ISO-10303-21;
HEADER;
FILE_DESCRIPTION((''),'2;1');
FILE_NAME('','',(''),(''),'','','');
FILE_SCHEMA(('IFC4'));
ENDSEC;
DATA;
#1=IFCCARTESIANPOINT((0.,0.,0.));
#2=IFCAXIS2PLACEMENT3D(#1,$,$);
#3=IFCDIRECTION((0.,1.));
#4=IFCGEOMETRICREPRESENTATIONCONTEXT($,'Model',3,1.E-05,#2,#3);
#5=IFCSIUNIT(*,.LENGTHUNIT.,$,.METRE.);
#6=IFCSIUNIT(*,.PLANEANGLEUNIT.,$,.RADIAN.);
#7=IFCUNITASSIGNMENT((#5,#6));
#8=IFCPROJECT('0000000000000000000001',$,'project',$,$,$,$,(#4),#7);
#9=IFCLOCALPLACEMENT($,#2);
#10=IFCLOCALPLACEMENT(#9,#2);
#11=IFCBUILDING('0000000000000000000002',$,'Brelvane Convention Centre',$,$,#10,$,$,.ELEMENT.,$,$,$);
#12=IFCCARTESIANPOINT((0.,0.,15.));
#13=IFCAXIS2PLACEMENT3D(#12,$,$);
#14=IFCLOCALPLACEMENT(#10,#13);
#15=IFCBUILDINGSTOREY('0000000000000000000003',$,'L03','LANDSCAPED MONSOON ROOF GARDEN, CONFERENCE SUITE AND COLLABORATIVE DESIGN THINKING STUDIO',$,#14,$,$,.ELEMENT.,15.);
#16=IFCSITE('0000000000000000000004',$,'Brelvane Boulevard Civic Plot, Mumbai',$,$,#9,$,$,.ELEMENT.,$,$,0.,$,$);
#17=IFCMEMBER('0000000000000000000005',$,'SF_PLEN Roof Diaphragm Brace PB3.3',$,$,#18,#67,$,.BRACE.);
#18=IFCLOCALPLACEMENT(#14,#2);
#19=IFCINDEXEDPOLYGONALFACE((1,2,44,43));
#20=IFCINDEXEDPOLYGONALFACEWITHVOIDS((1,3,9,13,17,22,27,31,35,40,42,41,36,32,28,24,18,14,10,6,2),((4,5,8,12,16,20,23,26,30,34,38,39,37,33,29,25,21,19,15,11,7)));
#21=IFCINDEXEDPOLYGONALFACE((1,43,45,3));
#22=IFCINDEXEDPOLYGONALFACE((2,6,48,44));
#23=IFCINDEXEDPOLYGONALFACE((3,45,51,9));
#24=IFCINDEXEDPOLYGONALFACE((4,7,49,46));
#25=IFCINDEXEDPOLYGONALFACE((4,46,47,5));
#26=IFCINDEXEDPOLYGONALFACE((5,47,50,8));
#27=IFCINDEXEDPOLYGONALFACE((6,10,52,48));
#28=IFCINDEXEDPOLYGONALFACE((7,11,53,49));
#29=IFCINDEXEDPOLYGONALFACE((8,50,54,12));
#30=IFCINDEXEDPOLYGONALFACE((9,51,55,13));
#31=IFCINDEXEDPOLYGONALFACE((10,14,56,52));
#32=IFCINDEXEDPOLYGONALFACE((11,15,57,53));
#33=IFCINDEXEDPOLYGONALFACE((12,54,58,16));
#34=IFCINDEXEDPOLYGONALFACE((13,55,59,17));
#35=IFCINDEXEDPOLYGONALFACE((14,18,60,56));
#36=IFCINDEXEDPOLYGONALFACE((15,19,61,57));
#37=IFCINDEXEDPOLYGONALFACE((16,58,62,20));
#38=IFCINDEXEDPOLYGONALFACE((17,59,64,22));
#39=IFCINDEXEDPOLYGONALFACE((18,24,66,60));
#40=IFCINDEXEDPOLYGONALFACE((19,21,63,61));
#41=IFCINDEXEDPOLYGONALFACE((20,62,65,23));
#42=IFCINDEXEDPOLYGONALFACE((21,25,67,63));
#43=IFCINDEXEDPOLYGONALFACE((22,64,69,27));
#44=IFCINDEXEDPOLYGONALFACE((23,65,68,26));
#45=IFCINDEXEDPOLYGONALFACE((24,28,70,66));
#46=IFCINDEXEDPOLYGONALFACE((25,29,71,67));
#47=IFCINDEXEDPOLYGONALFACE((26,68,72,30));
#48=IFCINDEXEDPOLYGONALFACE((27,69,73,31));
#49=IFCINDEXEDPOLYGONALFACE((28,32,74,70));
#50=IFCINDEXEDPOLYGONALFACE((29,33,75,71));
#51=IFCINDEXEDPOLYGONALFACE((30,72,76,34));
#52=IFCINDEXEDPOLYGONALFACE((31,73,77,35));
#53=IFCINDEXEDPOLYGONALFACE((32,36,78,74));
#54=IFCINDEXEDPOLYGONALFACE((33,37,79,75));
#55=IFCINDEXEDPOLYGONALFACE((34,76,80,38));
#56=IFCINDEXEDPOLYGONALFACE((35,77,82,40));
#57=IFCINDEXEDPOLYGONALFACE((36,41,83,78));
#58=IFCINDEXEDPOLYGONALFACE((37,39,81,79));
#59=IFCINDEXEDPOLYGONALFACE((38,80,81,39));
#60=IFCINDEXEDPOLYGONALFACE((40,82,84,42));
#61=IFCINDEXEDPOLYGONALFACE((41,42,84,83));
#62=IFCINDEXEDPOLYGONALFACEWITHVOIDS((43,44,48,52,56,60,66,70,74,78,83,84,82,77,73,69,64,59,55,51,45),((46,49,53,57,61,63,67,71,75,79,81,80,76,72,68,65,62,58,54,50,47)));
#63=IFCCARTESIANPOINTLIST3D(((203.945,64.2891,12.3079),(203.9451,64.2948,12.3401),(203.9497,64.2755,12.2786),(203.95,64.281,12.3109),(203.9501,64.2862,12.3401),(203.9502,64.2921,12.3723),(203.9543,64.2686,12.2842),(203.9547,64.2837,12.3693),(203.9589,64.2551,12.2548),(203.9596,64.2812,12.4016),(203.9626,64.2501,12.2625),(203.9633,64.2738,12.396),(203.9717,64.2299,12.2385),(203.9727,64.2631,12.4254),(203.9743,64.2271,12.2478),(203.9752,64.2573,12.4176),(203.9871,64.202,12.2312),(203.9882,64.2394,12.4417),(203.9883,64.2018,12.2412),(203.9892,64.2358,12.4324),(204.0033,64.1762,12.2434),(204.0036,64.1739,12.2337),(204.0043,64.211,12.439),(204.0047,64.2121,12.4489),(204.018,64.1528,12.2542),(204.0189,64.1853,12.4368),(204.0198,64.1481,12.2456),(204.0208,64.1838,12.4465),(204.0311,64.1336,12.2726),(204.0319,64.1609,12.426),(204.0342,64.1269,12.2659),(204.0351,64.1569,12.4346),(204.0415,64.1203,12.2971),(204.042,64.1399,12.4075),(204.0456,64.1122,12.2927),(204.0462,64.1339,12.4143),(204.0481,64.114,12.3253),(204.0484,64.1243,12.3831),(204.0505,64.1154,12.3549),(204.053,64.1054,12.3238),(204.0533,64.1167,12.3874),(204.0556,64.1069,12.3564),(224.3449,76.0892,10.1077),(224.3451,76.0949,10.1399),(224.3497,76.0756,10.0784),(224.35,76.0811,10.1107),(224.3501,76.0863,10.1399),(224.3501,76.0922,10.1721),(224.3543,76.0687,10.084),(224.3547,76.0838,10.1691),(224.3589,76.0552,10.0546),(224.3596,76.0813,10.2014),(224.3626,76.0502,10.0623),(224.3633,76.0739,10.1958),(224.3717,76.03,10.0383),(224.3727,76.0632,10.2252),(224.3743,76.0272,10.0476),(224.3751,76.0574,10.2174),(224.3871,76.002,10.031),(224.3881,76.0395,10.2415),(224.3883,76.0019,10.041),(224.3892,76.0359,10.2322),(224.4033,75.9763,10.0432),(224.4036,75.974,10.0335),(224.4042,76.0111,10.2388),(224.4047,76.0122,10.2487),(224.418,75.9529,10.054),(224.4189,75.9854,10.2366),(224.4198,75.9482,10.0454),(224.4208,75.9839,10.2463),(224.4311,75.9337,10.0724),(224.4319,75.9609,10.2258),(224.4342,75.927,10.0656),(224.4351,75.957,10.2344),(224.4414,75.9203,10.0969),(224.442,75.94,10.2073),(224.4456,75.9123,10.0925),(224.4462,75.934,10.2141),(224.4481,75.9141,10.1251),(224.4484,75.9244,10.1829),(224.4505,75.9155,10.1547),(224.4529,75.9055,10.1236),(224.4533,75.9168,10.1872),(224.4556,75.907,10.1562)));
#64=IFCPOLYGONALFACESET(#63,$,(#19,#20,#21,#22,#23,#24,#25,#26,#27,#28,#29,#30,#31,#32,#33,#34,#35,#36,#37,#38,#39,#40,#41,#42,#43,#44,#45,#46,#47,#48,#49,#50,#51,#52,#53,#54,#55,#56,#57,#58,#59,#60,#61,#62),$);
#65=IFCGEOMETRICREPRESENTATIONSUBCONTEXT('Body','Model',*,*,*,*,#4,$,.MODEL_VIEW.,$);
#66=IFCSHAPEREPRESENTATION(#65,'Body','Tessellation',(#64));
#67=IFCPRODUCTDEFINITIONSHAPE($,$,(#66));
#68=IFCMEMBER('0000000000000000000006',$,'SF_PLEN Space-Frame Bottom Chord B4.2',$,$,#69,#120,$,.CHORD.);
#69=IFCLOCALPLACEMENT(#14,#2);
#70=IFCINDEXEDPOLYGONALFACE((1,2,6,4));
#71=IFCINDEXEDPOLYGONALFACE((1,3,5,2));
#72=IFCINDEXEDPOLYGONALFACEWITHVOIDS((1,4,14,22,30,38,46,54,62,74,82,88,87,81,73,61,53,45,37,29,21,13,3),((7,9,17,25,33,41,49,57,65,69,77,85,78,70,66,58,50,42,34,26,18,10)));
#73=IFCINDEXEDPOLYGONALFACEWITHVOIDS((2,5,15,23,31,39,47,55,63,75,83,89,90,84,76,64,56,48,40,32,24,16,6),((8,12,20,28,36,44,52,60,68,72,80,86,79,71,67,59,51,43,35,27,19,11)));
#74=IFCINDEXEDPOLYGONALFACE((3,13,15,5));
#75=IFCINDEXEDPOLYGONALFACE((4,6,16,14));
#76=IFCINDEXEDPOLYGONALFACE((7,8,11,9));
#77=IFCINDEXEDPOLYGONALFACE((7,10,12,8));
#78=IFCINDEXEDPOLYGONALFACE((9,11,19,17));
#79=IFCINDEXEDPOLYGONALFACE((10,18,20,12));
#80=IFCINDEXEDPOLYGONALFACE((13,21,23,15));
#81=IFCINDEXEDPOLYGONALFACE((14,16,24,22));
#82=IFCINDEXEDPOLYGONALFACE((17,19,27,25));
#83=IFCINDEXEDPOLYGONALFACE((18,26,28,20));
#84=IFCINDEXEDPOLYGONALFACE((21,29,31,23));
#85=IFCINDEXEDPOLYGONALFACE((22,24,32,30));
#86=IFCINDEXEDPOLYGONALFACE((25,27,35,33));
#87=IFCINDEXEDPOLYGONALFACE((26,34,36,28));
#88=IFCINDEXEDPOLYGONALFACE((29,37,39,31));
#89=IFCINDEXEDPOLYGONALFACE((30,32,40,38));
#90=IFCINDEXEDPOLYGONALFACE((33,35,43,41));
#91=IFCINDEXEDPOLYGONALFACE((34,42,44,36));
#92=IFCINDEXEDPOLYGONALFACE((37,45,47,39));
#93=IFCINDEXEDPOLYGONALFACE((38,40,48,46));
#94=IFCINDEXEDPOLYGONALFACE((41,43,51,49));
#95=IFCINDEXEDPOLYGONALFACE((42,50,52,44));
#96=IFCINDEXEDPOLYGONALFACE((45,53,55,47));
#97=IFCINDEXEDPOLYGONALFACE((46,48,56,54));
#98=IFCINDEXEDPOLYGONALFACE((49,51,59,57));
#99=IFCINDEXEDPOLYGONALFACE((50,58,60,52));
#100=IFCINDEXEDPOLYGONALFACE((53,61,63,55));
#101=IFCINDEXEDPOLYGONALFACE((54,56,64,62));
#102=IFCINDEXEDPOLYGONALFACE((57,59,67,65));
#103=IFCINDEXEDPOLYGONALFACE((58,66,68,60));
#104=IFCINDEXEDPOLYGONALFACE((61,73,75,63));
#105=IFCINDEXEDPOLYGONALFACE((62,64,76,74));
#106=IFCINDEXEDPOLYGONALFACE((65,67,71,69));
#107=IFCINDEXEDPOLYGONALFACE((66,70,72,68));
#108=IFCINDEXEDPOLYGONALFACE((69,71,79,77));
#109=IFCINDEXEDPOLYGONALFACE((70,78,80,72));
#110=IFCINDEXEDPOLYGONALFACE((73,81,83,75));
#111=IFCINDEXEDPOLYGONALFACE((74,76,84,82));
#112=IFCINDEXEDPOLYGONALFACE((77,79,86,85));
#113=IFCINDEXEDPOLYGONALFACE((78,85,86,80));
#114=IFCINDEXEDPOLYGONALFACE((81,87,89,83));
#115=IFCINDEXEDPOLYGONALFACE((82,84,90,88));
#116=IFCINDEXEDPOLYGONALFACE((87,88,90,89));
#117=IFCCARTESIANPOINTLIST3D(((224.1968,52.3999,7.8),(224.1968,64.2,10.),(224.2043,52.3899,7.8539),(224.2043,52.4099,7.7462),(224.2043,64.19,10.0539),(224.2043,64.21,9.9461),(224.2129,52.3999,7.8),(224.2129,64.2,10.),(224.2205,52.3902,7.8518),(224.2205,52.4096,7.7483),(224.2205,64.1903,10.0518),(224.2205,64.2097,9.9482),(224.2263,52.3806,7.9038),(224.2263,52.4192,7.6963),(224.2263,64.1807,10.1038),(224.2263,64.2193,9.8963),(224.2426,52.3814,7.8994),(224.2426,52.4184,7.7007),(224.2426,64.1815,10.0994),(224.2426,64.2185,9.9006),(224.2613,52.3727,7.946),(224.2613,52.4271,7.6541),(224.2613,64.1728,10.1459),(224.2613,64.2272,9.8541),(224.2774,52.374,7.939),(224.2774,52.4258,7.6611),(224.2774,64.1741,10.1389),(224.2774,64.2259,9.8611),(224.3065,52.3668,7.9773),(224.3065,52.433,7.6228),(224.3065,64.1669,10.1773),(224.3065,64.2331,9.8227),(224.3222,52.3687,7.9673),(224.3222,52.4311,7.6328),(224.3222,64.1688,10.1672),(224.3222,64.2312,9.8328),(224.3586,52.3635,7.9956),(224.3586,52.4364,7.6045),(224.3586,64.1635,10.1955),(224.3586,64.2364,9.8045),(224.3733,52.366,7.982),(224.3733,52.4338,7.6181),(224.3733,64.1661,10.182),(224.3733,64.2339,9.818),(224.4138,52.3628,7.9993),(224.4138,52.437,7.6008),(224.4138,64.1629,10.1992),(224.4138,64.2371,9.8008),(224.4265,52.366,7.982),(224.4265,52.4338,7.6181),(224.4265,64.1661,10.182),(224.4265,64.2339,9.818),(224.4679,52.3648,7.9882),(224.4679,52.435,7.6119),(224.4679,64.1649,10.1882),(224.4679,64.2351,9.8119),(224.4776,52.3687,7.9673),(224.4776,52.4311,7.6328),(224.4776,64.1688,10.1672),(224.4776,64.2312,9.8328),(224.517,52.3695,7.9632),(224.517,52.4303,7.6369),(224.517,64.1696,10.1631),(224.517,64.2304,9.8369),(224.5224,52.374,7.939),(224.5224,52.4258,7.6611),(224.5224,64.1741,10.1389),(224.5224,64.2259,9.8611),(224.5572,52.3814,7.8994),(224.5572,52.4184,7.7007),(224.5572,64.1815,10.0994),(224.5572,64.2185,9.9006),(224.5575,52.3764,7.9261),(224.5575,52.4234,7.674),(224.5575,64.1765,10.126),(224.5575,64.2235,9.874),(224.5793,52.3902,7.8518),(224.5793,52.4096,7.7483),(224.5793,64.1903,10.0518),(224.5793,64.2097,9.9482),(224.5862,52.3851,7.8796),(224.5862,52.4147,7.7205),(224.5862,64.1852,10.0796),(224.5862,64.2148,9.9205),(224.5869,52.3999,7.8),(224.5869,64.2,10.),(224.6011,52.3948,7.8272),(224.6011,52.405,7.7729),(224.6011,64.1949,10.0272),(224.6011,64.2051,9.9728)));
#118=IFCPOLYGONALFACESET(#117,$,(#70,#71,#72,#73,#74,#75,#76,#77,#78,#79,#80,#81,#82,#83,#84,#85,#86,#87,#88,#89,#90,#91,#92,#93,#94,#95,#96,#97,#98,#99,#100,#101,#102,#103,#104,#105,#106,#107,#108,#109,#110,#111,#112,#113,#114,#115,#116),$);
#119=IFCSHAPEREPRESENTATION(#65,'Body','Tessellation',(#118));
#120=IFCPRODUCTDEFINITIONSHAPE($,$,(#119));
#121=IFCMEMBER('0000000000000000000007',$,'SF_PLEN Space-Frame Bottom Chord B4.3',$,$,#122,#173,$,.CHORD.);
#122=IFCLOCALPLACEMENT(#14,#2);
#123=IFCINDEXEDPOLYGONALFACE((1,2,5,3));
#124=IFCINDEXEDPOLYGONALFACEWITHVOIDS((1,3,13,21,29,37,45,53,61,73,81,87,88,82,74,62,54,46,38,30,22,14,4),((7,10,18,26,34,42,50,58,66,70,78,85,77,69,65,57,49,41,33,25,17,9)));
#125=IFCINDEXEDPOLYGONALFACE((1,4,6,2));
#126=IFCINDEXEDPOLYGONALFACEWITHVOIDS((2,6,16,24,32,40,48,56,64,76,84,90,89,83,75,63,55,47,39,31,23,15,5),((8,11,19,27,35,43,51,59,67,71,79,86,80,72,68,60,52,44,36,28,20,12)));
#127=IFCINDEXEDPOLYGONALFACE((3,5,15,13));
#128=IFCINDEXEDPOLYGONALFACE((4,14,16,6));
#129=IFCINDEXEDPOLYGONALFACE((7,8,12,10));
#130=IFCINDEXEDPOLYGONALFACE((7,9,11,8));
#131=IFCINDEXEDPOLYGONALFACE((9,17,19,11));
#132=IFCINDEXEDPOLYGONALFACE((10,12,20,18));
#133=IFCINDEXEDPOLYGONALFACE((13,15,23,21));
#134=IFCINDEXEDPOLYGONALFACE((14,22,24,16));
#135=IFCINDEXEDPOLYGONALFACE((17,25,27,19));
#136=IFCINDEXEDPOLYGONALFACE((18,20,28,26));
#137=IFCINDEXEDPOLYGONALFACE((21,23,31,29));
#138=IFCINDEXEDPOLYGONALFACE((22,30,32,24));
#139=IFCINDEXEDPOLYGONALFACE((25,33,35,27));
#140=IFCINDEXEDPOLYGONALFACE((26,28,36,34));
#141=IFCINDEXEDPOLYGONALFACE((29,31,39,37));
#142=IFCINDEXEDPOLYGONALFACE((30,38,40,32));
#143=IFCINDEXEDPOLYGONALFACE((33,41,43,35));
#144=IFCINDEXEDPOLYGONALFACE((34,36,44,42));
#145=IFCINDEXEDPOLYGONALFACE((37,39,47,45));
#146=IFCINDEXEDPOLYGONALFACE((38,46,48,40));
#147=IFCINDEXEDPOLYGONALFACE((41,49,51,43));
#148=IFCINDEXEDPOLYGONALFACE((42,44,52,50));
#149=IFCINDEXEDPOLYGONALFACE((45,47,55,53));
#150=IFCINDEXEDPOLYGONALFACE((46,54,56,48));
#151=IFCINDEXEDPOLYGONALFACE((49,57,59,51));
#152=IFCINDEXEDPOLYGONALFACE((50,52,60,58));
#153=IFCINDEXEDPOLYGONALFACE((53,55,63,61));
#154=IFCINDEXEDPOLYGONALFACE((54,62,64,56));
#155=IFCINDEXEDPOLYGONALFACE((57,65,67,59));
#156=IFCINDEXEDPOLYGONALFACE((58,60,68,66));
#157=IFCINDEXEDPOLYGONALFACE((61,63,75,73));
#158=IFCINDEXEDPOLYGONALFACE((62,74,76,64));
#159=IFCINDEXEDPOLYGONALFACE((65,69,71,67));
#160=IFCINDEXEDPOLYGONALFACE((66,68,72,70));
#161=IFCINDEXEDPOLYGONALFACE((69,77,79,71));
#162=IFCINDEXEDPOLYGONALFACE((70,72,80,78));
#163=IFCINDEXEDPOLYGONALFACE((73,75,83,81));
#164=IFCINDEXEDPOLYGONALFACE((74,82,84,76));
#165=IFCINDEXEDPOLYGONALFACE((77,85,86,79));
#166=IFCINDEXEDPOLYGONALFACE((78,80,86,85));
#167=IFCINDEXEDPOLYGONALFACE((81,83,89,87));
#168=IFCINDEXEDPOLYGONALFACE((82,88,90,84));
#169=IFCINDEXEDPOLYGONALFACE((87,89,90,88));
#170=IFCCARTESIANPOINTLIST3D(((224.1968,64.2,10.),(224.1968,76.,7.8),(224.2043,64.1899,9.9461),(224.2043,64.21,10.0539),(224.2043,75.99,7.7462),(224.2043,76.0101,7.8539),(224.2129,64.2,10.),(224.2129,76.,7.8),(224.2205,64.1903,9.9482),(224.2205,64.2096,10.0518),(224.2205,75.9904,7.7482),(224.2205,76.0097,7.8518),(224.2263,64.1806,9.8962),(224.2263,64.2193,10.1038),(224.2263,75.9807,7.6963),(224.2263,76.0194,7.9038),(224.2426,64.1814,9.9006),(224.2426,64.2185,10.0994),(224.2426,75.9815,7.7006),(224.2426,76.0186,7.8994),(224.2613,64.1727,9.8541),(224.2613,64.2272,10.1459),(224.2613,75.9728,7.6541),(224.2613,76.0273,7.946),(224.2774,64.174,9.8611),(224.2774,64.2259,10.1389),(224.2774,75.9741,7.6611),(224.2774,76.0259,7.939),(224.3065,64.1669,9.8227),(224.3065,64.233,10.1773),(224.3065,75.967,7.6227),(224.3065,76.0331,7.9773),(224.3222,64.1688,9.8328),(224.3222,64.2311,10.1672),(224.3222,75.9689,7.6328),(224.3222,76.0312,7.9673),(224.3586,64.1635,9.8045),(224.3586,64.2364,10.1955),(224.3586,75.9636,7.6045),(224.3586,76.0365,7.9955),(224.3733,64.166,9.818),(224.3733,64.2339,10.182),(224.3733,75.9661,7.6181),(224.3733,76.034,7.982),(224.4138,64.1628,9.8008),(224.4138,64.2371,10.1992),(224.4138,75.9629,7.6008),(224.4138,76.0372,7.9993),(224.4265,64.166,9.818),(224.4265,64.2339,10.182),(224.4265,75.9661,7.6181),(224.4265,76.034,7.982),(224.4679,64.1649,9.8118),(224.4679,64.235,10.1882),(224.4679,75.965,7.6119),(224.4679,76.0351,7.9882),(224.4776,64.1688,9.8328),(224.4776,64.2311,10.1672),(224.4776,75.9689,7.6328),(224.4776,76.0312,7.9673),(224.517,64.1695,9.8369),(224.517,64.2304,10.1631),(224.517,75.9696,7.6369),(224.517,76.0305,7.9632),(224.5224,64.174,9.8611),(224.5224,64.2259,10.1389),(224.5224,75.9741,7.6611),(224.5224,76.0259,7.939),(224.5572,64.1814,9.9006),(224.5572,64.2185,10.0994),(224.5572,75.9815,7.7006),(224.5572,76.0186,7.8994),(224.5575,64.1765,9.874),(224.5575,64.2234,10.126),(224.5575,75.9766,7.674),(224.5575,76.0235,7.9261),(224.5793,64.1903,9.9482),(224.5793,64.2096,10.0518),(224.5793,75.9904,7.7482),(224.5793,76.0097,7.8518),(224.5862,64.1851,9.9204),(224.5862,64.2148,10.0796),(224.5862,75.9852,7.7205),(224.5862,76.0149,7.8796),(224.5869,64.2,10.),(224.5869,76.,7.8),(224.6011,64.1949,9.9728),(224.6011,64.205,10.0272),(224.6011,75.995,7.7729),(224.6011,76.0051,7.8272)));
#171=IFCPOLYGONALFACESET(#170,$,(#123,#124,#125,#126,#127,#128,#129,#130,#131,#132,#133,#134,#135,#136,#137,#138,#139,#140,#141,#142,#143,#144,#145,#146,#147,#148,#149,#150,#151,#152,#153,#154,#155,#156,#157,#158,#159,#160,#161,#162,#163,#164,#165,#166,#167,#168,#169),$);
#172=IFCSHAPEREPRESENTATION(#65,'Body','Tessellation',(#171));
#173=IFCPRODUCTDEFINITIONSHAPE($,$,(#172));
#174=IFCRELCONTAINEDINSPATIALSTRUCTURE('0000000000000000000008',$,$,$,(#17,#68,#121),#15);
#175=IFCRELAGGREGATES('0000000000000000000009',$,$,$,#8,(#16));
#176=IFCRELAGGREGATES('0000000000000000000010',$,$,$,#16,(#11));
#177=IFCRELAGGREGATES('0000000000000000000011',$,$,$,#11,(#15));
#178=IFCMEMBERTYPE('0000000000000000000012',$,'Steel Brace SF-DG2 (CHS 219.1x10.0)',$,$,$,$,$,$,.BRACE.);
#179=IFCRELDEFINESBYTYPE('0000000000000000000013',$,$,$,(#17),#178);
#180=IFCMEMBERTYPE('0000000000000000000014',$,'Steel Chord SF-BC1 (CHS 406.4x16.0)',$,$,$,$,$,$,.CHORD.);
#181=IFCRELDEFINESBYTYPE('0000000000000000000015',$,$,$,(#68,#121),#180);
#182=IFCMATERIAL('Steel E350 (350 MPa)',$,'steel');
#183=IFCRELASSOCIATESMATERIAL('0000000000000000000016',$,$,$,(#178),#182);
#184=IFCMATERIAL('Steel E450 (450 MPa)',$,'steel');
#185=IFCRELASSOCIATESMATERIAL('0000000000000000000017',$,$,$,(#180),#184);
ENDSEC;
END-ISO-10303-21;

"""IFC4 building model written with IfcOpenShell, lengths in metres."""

from ifc_helpers import new_model, si_unit, direction, frame, origin, origin_2d, place, context, subcontext, project, spatial, hollow_circle, extrude, material, material_profile, profile_set, type_object, element, save


model = new_model("IFC4")

# Units and contexts
model_context = context("Model", 3, precision=1e-05, world=origin(), true_north=direction((0.0, 1.0)))
body_context = subcontext(model_context, "Body", "Model", "MODEL_VIEW")
ifc_project = project(units=[si_unit("LENGTHUNIT", "METRE"), si_unit("PLANEANGLEUNIT", "RADIAN")], contexts=[model_context])

# Site, building, storey
site_placement = place(None, origin())
site = spatial("IfcSite", under=ifc_project, at=site_placement, Name="Brelvane Boulevard Civic Plot, Mumbai", CompositionType="ELEMENT", RefElevation=0.0)
building_placement = place(site_placement, origin())
building = spatial("IfcBuilding", under=site, at=building_placement, Name="Brelvane Convention Centre", CompositionType="ELEMENT")
storey_placement = place(building_placement, frame((0.0, 0.0, 15.0)))
storey = spatial("IfcBuildingStorey", under=building, at=storey_placement, Name="L03", Description="LANDSCAPED MONSOON ROOF GARDEN, CONFERENCE SUITE AND COLLABORATIVE DESIGN THINKING STUDIO", CompositionType="ELEMENT", Elevation=15.0)

# Members
ifc_material_1 = material(Name="Steel E350 (350 MPa)", Category="steel")
ifc_material_profile_1 = material_profile(ifc_material_1, hollow_circle(Radius=0.1096, WallThickness=0.01, at=origin_2d()), Name="CHS 219.1x10.0")
ifc_profile_set_1 = profile_set([ifc_material_profile_1], Name="Steel E350 (350 MPa)")
member_type_1 = type_object("IfcMemberType", Name="Steel Brace SF-DG2 (CHS 219.1x10.0)", PredefinedType="BRACE", material=ifc_profile_set_1)
member_1_placement = place(storey_placement, frame((204.0, 64.2, 12.3401), z_axis=(0.86187, 0.498537, -0.092955), x_axis=(-0.500705, 0.865618, 0.0)))
element("IfcMember", 1, at=member_1_placement, inside=storey, type_object=member_type_1, Name="SF_PLEN Roof Diaphragm Brace PB3.3", PredefinedType="BRACE", context=body_context, shape_type="SweptSolid", body=[
    extrude(hollow_circle(Radius=0.1096, WallThickness=0.01, at=origin_2d()), origin(), (0.0, 0.0, 1.0), 23.6694),
])
ifc_material_2 = material(Name="Steel E450 (450 MPa)", Category="steel")
ifc_material_profile_2 = material_profile(ifc_material_2, hollow_circle(Radius=0.2031, WallThickness=0.0161, at=origin_2d()), Name="CHS 406.4x16.0")
ifc_profile_set_2 = profile_set([ifc_material_profile_2], Name="Steel E450 (450 MPa)")
member_type_2 = type_object("IfcMemberType", Name="Steel Chord SF-BC1 (CHS 406.4x16.0)", PredefinedType="CHORD", material=ifc_profile_set_2)
for number, where, z_axis, x_axis, name in (
    (2, (224.3999, 52.3999, 7.8), (0.0, 0.983061, 0.183278), (-1.0, 0.0, 0.0), "SF_PLEN Space-Frame Bottom Chord B4.2"),
    (3, (224.3999, 64.2, 10.0), (0.0, 0.983061, -0.183278), (-1.0, 0.0, 0.0), "SF_PLEN Space-Frame Bottom Chord B4.3"),
):
    element("IfcMember", number, at=place(storey_placement, frame(where, z_axis=z_axis, x_axis=x_axis)), inside=storey, type_object=member_type_2, Name=name, PredefinedType="CHORD", context=body_context, shape_type="SweptSolid", body=[
        extrude(hollow_circle(Radius=0.2031, WallThickness=0.0161, at=origin_2d()), origin(), (0.0, 0.0, 1.0), 12.0034),
    ])

save(model, "model.ifc")
